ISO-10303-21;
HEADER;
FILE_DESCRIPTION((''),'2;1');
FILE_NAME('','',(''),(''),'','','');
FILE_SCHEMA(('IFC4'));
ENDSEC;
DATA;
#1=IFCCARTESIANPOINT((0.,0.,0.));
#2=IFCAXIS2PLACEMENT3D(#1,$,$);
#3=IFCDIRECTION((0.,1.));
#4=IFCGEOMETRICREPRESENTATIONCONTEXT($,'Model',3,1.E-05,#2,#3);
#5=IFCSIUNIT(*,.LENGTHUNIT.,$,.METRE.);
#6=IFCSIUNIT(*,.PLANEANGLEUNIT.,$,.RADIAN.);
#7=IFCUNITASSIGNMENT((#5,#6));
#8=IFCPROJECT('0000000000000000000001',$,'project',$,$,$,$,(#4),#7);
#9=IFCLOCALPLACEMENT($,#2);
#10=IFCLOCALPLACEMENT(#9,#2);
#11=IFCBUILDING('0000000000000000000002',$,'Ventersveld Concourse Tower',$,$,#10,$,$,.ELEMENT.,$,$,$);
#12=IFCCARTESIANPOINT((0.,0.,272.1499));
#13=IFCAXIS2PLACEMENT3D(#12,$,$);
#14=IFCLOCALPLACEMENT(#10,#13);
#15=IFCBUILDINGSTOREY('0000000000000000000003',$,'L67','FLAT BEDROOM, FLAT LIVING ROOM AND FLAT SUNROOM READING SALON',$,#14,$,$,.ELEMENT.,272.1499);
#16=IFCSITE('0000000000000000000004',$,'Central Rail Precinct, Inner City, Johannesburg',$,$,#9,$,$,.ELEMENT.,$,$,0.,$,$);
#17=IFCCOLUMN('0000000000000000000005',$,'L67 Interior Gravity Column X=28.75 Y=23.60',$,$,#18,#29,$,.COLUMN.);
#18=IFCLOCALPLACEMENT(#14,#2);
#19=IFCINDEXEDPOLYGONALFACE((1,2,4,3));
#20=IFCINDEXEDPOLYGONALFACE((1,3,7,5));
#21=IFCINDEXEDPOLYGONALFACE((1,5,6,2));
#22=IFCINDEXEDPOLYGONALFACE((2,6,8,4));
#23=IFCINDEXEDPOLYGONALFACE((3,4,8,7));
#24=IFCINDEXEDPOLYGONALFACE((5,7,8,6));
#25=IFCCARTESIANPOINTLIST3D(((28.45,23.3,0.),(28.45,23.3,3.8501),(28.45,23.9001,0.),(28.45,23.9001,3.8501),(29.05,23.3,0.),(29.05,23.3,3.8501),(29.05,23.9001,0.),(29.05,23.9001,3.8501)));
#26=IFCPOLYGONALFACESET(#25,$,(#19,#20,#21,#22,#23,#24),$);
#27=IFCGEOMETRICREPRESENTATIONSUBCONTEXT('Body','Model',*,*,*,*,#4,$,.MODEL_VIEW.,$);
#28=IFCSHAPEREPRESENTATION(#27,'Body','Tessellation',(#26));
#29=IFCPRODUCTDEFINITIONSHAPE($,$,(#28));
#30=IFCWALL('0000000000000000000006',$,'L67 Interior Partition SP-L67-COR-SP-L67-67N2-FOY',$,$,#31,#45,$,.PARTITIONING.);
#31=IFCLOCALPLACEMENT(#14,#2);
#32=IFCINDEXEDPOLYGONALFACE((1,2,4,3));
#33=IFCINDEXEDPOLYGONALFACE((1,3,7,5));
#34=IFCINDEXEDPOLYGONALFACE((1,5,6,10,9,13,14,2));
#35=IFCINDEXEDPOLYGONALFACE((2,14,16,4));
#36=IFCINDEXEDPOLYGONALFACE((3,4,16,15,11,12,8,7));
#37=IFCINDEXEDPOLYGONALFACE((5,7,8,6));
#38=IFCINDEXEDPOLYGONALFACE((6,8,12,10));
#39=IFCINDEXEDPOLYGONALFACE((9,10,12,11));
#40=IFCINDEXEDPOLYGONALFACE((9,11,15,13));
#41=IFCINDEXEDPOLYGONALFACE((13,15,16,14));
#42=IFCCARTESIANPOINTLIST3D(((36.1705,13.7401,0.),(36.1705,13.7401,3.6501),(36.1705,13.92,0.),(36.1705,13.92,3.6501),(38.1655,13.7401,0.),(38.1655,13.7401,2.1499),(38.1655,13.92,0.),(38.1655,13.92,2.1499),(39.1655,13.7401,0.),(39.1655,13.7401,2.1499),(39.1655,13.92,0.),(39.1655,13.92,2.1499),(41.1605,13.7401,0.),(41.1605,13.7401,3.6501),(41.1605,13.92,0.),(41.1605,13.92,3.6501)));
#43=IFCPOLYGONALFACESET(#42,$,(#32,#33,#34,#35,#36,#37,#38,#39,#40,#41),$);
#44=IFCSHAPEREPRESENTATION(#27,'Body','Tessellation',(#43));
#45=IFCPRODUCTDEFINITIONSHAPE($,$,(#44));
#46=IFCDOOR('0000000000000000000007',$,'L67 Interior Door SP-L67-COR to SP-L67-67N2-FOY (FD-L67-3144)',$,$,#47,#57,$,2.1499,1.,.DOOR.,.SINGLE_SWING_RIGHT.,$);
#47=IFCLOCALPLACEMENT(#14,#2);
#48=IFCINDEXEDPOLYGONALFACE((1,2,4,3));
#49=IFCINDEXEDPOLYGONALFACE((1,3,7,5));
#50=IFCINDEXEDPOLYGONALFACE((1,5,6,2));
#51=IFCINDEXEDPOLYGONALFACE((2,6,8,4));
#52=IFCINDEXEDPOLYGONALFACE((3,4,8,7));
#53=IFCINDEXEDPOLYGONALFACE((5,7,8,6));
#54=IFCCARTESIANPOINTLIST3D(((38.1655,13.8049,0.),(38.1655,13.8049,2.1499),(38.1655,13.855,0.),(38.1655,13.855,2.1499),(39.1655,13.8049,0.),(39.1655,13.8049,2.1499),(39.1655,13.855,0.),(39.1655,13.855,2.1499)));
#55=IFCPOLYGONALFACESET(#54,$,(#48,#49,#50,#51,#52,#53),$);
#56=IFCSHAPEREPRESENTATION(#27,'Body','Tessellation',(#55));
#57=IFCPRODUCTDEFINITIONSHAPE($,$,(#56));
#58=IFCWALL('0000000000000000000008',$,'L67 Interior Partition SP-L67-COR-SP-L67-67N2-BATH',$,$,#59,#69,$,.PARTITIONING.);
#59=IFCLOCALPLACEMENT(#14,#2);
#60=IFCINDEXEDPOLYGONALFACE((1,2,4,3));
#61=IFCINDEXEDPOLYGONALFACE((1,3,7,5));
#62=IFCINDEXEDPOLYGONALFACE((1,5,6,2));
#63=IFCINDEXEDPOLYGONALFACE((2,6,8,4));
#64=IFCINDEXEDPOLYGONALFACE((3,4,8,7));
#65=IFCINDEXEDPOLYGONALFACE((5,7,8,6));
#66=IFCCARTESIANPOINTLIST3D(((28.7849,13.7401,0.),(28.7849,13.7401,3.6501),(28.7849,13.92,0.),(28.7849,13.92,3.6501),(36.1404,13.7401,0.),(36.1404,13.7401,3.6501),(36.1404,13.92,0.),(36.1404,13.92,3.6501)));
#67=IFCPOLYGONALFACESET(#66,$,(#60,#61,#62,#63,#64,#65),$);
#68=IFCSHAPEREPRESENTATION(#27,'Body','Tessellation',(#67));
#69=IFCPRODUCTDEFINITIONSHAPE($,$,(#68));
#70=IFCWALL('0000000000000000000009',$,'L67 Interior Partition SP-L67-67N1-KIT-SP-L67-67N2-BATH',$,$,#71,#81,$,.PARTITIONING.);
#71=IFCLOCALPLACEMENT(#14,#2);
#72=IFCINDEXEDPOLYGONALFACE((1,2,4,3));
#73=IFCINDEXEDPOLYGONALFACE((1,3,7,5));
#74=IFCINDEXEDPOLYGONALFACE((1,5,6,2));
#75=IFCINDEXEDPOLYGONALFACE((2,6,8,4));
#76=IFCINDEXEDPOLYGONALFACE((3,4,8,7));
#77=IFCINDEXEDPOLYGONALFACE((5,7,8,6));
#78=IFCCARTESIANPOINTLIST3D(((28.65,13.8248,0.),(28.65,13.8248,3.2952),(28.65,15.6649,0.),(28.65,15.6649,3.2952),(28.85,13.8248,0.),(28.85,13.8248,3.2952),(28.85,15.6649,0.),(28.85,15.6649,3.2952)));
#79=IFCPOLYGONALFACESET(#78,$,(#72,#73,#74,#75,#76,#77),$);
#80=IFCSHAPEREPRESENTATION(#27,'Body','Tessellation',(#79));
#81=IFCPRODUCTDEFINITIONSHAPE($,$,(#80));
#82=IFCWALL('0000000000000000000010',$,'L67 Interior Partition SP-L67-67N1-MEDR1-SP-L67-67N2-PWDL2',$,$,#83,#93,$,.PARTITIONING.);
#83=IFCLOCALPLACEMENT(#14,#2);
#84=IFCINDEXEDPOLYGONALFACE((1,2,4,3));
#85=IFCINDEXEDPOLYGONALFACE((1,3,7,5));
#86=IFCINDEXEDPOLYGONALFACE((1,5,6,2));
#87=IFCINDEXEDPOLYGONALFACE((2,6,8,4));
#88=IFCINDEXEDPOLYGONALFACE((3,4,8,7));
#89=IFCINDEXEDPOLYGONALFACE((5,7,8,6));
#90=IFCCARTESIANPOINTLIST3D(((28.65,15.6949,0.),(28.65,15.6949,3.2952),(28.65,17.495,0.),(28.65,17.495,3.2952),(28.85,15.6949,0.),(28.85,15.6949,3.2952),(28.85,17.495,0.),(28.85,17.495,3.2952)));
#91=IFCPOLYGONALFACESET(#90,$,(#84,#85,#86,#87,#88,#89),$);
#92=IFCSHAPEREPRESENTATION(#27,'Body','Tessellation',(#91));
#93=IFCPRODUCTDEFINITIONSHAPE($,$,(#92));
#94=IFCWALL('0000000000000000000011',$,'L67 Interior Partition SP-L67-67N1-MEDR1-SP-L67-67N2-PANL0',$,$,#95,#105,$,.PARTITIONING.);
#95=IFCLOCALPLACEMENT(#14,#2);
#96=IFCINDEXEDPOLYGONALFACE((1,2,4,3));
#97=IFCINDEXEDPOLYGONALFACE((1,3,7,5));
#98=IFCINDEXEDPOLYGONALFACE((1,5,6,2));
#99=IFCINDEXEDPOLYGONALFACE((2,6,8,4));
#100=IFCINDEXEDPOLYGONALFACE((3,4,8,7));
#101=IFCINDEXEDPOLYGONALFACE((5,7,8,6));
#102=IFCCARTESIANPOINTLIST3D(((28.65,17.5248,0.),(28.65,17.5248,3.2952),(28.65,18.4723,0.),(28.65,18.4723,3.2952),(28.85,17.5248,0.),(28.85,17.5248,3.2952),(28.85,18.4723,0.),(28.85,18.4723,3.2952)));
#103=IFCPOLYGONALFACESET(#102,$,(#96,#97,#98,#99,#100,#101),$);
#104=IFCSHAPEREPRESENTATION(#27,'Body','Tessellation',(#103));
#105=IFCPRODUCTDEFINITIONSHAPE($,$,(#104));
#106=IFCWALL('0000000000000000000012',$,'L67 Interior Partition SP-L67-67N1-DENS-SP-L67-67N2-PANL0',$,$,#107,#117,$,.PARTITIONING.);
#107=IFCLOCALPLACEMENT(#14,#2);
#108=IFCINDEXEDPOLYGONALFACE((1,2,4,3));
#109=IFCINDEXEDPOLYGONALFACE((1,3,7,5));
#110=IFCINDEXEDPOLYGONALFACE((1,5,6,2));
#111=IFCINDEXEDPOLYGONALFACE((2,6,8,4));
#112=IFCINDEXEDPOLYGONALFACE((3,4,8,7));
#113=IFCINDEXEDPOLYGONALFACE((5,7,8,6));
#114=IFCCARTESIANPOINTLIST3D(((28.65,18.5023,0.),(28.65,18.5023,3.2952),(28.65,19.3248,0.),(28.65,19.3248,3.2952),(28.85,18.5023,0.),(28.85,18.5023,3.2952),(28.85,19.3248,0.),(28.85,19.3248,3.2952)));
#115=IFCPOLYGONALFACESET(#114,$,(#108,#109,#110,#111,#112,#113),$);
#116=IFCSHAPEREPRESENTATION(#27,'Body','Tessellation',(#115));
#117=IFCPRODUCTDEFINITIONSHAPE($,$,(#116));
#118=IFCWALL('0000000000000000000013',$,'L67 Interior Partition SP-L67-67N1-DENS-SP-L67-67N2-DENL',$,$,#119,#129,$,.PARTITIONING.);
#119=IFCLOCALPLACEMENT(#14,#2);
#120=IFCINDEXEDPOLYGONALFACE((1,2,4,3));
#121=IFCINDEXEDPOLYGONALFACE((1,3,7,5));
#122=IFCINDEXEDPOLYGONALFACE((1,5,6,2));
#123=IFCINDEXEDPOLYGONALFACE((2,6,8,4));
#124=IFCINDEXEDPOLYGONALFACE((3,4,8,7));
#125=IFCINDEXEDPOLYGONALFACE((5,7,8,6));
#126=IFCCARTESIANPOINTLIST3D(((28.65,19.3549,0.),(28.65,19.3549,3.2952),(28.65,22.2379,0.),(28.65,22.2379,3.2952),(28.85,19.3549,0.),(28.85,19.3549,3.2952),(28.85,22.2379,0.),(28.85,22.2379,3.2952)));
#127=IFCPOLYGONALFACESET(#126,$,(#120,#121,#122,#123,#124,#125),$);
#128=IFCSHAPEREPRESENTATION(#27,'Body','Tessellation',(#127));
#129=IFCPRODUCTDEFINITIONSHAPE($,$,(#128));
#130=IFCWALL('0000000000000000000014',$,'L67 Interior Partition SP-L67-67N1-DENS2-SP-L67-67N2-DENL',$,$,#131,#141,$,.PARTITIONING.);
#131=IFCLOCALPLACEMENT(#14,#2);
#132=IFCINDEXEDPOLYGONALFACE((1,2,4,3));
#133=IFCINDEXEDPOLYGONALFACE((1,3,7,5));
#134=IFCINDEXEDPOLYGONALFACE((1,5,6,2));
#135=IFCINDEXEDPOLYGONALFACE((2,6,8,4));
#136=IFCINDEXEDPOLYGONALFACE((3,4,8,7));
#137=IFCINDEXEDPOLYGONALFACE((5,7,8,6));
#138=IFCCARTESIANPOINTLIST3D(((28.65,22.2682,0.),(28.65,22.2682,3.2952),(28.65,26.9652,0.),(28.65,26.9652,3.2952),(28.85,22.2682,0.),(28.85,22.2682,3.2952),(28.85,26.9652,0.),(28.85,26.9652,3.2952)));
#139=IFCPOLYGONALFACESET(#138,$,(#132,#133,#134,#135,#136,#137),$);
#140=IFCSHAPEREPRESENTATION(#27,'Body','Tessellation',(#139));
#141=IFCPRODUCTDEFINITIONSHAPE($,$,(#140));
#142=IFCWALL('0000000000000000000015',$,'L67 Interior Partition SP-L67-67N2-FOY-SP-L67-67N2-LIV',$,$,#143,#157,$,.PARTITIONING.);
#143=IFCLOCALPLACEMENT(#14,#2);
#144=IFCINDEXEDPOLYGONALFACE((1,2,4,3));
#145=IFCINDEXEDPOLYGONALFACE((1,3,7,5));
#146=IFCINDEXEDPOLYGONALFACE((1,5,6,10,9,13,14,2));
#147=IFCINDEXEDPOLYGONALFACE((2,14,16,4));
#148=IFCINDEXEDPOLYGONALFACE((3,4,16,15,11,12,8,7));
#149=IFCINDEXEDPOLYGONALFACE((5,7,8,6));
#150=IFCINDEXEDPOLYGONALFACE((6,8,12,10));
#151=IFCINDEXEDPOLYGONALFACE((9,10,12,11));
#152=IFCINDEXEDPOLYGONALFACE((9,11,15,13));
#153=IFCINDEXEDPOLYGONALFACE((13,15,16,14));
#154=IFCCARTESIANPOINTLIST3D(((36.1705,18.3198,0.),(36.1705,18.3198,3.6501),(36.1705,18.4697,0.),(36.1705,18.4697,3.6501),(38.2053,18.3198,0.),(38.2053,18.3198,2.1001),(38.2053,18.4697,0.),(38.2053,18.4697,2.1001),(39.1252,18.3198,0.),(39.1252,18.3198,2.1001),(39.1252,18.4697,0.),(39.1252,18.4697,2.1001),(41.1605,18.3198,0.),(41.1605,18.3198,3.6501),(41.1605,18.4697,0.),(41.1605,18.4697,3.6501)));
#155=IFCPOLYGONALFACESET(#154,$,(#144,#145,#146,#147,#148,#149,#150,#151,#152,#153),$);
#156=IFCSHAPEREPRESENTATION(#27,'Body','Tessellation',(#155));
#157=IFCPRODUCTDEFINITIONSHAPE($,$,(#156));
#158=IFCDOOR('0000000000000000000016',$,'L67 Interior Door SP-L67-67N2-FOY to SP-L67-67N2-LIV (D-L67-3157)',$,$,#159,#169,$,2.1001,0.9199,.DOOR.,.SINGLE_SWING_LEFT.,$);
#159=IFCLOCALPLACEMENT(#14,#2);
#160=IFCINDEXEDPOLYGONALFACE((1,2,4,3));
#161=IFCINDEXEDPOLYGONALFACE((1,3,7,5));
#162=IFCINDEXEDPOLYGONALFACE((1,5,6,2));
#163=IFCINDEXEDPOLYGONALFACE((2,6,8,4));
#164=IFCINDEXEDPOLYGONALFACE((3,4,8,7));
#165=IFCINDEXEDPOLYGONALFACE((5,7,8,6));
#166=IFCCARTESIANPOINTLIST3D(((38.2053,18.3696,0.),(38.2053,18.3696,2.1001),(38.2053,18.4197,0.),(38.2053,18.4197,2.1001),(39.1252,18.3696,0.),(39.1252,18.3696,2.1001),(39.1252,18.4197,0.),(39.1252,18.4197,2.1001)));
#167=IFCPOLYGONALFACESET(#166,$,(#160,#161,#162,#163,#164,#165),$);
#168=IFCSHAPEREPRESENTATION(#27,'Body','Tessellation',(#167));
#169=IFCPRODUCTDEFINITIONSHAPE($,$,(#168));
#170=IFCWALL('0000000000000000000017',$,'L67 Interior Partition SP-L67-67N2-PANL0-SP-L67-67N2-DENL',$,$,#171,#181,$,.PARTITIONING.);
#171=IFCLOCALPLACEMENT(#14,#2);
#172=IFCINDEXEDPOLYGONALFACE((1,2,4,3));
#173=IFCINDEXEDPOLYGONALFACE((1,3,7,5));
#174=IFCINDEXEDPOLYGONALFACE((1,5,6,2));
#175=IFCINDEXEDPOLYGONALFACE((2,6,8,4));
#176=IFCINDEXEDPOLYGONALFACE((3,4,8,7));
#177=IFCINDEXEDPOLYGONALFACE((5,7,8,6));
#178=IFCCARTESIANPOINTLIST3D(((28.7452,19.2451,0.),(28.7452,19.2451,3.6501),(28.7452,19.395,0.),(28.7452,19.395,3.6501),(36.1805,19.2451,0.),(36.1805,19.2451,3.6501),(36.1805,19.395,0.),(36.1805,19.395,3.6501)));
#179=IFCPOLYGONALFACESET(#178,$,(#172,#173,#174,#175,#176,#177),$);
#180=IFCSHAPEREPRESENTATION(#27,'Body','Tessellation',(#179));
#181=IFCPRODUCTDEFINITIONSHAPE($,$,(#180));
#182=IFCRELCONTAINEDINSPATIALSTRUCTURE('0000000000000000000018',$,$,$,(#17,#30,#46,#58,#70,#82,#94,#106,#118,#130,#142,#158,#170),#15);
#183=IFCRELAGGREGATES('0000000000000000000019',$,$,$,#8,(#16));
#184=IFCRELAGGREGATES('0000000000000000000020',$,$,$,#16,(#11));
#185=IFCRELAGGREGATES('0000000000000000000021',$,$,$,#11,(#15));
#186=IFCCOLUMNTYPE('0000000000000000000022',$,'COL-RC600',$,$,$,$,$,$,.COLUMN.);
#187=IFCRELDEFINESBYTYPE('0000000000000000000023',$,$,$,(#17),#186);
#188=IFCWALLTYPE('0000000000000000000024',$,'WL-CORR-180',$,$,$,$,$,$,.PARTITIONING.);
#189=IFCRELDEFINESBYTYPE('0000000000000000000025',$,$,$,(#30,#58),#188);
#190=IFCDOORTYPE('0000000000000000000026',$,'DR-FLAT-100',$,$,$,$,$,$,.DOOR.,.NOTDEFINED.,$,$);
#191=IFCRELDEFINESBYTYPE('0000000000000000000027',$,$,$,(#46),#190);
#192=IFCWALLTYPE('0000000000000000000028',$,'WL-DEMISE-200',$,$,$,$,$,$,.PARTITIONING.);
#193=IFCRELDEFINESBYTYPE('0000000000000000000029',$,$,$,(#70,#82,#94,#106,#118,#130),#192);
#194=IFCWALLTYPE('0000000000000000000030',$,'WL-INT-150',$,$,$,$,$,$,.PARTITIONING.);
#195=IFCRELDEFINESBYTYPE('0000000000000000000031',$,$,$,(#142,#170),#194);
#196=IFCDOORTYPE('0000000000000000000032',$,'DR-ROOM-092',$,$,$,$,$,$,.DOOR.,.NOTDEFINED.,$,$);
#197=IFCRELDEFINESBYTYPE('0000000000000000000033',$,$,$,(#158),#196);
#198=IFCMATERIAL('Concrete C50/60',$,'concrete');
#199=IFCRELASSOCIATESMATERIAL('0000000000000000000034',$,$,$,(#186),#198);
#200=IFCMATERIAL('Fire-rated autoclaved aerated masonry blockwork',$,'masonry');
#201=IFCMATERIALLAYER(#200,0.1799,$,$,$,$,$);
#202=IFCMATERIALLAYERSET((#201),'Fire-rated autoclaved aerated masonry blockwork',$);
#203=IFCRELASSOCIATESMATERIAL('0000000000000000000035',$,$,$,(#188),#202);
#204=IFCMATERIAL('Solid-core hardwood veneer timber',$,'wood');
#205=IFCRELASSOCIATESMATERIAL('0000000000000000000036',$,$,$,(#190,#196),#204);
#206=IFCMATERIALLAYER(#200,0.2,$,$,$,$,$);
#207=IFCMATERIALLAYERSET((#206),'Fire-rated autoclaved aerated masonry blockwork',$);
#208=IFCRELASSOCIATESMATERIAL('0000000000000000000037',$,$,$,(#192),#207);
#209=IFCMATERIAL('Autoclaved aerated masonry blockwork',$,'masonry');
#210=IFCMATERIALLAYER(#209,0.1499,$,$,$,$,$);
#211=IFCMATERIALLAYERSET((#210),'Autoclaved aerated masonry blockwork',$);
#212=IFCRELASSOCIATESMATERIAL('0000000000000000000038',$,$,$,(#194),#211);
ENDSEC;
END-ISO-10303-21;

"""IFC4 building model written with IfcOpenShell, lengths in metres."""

from ifc_helpers import new_model, si_unit, direction, frame, frame_2d, origin, origin_2d, place, context, subcontext, project, spatial, rectangle, extrude, material, layer, layer_set, material_profile, profile_set, type_object, element, fill, save


model = new_model("IFC4")

# Units and contexts
model_context = context("Model", 3, precision=1e-05, world=origin(), true_north=direction((0.0, 1.0)))
body_context = subcontext(model_context, "Body", "Model", "MODEL_VIEW")
ifc_project = project(units=[si_unit("LENGTHUNIT", "METRE"), si_unit("PLANEANGLEUNIT", "RADIAN")], contexts=[model_context])

# Site, building, storey
site_placement = place(None, origin())
site = spatial("IfcSite", under=ifc_project, at=site_placement, Name="Central Rail Precinct, Inner City, Johannesburg", CompositionType="ELEMENT", RefElevation=0.0)
building_placement = place(site_placement, origin())
building = spatial("IfcBuilding", under=site, at=building_placement, Name="Ventersveld Concourse Tower", CompositionType="ELEMENT")
storey_placement = place(building_placement, frame((0.0, 0.0, 272.1499)))
storey = spatial("IfcBuildingStorey", under=building, at=storey_placement, Name="L67", Description="FLAT BEDROOM, FLAT LIVING ROOM AND FLAT SUNROOM READING SALON", CompositionType="ELEMENT", Elevation=272.1499)

# Column
ifc_material_1 = material(Name="Concrete C50/60", Category="concrete")
ifc_material_profile = material_profile(ifc_material_1, rectangle(XDim=0.6001, YDim=0.6001, at=origin_2d()), Name="RC 600x600")
ifc_profile_set = profile_set([ifc_material_profile], Name="Concrete C50/60")
column_type = type_object("IfcColumnType", Name="COL-RC600", PredefinedType="COLUMN", material=ifc_profile_set)
column_placement = place(storey_placement, frame((28.75, 23.6001, 0.0), z_axis=(0.0, 0.0, 1.0), x_axis=(1.0, 0.0, 0.0)))
element("IfcColumn", 1, at=column_placement, inside=storey, type_object=column_type, Name="L67 Interior Gravity Column X=28.75 Y=23.60", PredefinedType="COLUMN", context=body_context, shape_type="SweptSolid", body=[
    extrude(rectangle(XDim=0.6001, YDim=0.6001, at=origin_2d()), origin(), (0.0, 0.0, 1.0), 3.8501),
])

# Wall, opening, door
ifc_material_2 = material(Name="Fire-rated autoclaved aerated masonry blockwork", Category="masonry")
ifc_layer_1 = layer(ifc_material_2, 0.1799)
ifc_layer_set_1 = layer_set([ifc_layer_1], Name="Fire-rated autoclaved aerated masonry blockwork")
wall_type_1 = type_object("IfcWallType", Name="WL-CORR-180", PredefinedType="PARTITIONING", material=ifc_layer_set_1)
wall_1_placement = place(storey_placement, frame((36.1704, 13.8301, 0.0), z_axis=(0.0, 0.0, 1.0), x_axis=(1.0, 0.0, 0.0)))
wall_1 = element("IfcWall", 2, at=wall_1_placement, inside=storey, type_object=wall_type_1, Name="L67 Interior Partition SP-L67-COR-SP-L67-67N2-FOY", PredefinedType="PARTITIONING", context=body_context, shape_type="SweptSolid", body=[
    extrude(rectangle(XDim=4.99, YDim=0.1799, at=frame_2d((2.4951, 0.0))), origin(), (0.0, 0.0, 1.0), 3.6501),
])
opening_1_placement = place(wall_1_placement, frame((1.9951, 0.0, 0.0)))
opening_1 = element("IfcOpeningElement", 3, at=opening_1_placement, cuts=wall_1, PredefinedType="OPENING", context=body_context, shape_type="SweptSolid", body=[
    extrude(rectangle(XDim=1.0, YDim=2.1499, at=frame_2d((0.5, 1.075))), frame((0.0, 0.1001, 0.0), z_axis=(0.0, -1.0, 0.0), x_axis=(1.0, 0.0, 0.0)), (0.0, 0.0, 1.0), 0.2),
])
ifc_material_3 = material(Name="Solid-core hardwood veneer timber", Category="wood")
door_type_1 = type_object("IfcDoorType", Name="DR-FLAT-100", OperationType="NOTDEFINED", PredefinedType="DOOR", material=ifc_material_3)
door_1_placement = place(opening_1_placement, origin())
door_1 = element("IfcDoor", 4, at=door_1_placement, inside=storey, type_object=door_type_1, Name="L67 Interior Door SP-L67-COR to SP-L67-67N2-FOY (FD-L67-3144)", OperationType="SINGLE_SWING_RIGHT", OverallHeight=2.1499, OverallWidth=1.0, PredefinedType="DOOR", context=body_context, shape_type="SweptSolid", body=[
    extrude(rectangle(XDim=1.0, YDim=2.1499, at=frame_2d((0.5, 1.075))), frame((0.0, 0.0249, 0.0), z_axis=(0.0, -1.0, 0.0), x_axis=(1.0, 0.0, 0.0)), (0.0, 0.0, 1.0), 0.05),
])
fill(opening_1, door_1)

# Walls
wall_2_placement = place(storey_placement, frame((28.7849, 13.8301, 0.0), z_axis=(0.0, 0.0, 1.0), x_axis=(1.0, 0.0, 0.0)))
element("IfcWall", 5, at=wall_2_placement, inside=storey, type_object=wall_type_1, Name="L67 Interior Partition SP-L67-COR-SP-L67-67N2-BATH", PredefinedType="PARTITIONING", context=body_context, shape_type="SweptSolid", body=[
    extrude(rectangle(XDim=7.3555, YDim=0.1799, at=frame_2d((3.6777, 0.0))), origin(), (0.0, 0.0, 1.0), 3.6501),
])
ifc_layer_2 = layer(ifc_material_2, 0.2)
ifc_layer_set_2 = layer_set([ifc_layer_2], Name="Fire-rated autoclaved aerated masonry blockwork")
wall_type_2 = type_object("IfcWallType", Name="WL-DEMISE-200", PredefinedType="PARTITIONING", material=ifc_layer_set_2)
wall_3_placement = place(storey_placement, frame((28.75, 13.825, 0.0), z_axis=(0.0, 0.0, 1.0), x_axis=(0.0, 1.0, 0.0)))
element("IfcWall", 6, at=wall_3_placement, inside=storey, type_object=wall_type_2, Name="L67 Interior Partition SP-L67-67N1-KIT-SP-L67-67N2-BATH", PredefinedType="PARTITIONING", context=body_context, shape_type="SweptSolid", body=[
    extrude(rectangle(XDim=1.8401, YDim=0.2, at=frame_2d((0.9199, 0.0))), origin(), (0.0, 0.0, 1.0), 3.2952),
])
wall_4_placement = place(storey_placement, frame((28.75, 15.6951, 0.0), z_axis=(0.0, 0.0, 1.0), x_axis=(0.0, 1.0, 0.0)))
element("IfcWall", 7, at=wall_4_placement, inside=storey, type_object=wall_type_2, Name="L67 Interior Partition SP-L67-67N1-MEDR1-SP-L67-67N2-PWDL2", PredefinedType="PARTITIONING", context=body_context, shape_type="SweptSolid", body=[
    extrude(rectangle(XDim=1.8, YDim=0.2, at=frame_2d((0.8999, 0.0))), origin(), (0.0, 0.0, 1.0), 3.2952),
])
wall_5_placement = place(storey_placement, frame((28.75, 17.5249, 0.0), z_axis=(0.0, 0.0, 1.0), x_axis=(0.0, 1.0, 0.0)))
element("IfcWall", 8, at=wall_5_placement, inside=storey, type_object=wall_type_2, Name="L67 Interior Partition SP-L67-67N1-MEDR1-SP-L67-67N2-PANL0", PredefinedType="PARTITIONING", context=body_context, shape_type="SweptSolid", body=[
    extrude(rectangle(XDim=0.9475, YDim=0.2, at=frame_2d((0.4736, 0.0))), origin(), (0.0, 0.0, 1.0), 3.2952),
])
wall_6_placement = place(storey_placement, frame((28.75, 18.5024, 0.0), z_axis=(0.0, 0.0, 1.0), x_axis=(0.0, 1.0, 0.0)))
element("IfcWall", 9, at=wall_6_placement, inside=storey, type_object=wall_type_2, Name="L67 Interior Partition SP-L67-67N1-DENS-SP-L67-67N2-PANL0", PredefinedType="PARTITIONING", context=body_context, shape_type="SweptSolid", body=[
    extrude(rectangle(XDim=0.8225, YDim=0.2, at=frame_2d((0.4111, 0.0))), origin(), (0.0, 0.0, 1.0), 3.2952),
])
wall_7_placement = place(storey_placement, frame((28.75, 19.355, 0.0), z_axis=(0.0, 0.0, 1.0), x_axis=(0.0, 1.0, 0.0)))
element("IfcWall", 10, at=wall_7_placement, inside=storey, type_object=wall_type_2, Name="L67 Interior Partition SP-L67-67N1-DENS-SP-L67-67N2-DENL", PredefinedType="PARTITIONING", context=body_context, shape_type="SweptSolid", body=[
    extrude(rectangle(XDim=2.8831, YDim=0.2, at=frame_2d((1.4414, 0.0))), origin(), (0.0, 0.0, 1.0), 3.2952),
])
wall_8_placement = place(storey_placement, frame((28.75, 22.2681, 0.0), z_axis=(0.0, 0.0, 1.0), x_axis=(0.0, 1.0, 0.0)))
element("IfcWall", 11, at=wall_8_placement, inside=storey, type_object=wall_type_2, Name="L67 Interior Partition SP-L67-67N1-DENS2-SP-L67-67N2-DENL", PredefinedType="PARTITIONING", context=body_context, shape_type="SweptSolid", body=[
    extrude(rectangle(XDim=4.697, YDim=0.2, at=frame_2d((2.3486, 0.0))), origin(), (0.0, 0.0, 1.0), 3.2952),
])

# Wall, opening, door
ifc_material_4 = material(Name="Autoclaved aerated masonry blockwork", Category="masonry")
ifc_layer_3 = layer(ifc_material_4, 0.1499)
ifc_layer_set_3 = layer_set([ifc_layer_3], Name="Autoclaved aerated masonry blockwork")
wall_type_3 = type_object("IfcWallType", Name="WL-INT-150", PredefinedType="PARTITIONING", material=ifc_layer_set_3)
wall_9_placement = place(storey_placement, frame((36.1704, 18.3948, 0.0), z_axis=(0.0, 0.0, 1.0), x_axis=(1.0, 0.0, 0.0)))
wall_9 = element("IfcWall", 12, at=wall_9_placement, inside=storey, type_object=wall_type_3, Name="L67 Interior Partition SP-L67-67N2-FOY-SP-L67-67N2-LIV", PredefinedType="PARTITIONING", context=body_context, shape_type="SweptSolid", body=[
    extrude(rectangle(XDim=4.99, YDim=0.1499, at=frame_2d((2.4951, 0.0))), origin(), (0.0, 0.0, 1.0), 3.6501),
])
opening_2_placement = place(wall_9_placement, frame((2.0349, 0.0, 0.0)))
opening_2 = element("IfcOpeningElement", 13, at=opening_2_placement, cuts=wall_9, PredefinedType="OPENING", context=body_context, shape_type="SweptSolid", body=[
    extrude(rectangle(XDim=0.9199, YDim=2.1001, at=frame_2d((0.46, 1.05))), frame((0.0, 0.085, 0.0), z_axis=(0.0, -1.0, 0.0), x_axis=(1.0, 0.0, 0.0)), (0.0, 0.0, 1.0), 0.1699),
])
door_type_2 = type_object("IfcDoorType", Name="DR-ROOM-092", OperationType="NOTDEFINED", PredefinedType="DOOR", material=ifc_material_3)
door_2_placement = place(opening_2_placement, origin())
door_2 = element("IfcDoor", 14, at=door_2_placement, inside=storey, type_object=door_type_2, Name="L67 Interior Door SP-L67-67N2-FOY to SP-L67-67N2-LIV (D-L67-3157)", OperationType="SINGLE_SWING_LEFT", OverallHeight=2.1001, OverallWidth=0.9199, PredefinedType="DOOR", context=body_context, shape_type="SweptSolid", body=[
    extrude(rectangle(XDim=0.9199, YDim=2.1001, at=frame_2d((0.46, 1.05))), frame((0.0, 0.0249, 0.0), z_axis=(0.0, -1.0, 0.0), x_axis=(1.0, 0.0, 0.0)), (0.0, 0.0, 1.0), 0.05),
])
fill(opening_2, door_2)

# Wall
wall_10_placement = place(storey_placement, frame((28.7451, 19.3201, 0.0), z_axis=(0.0, 0.0, 1.0), x_axis=(1.0, 0.0, 0.0)))
element("IfcWall", 15, at=wall_10_placement, inside=storey, type_object=wall_type_3, Name="L67 Interior Partition SP-L67-67N2-PANL0-SP-L67-67N2-DENL", PredefinedType="PARTITIONING", context=body_context, shape_type="SweptSolid", body=[
    extrude(rectangle(XDim=7.4353, YDim=0.1499, at=frame_2d((3.7178, 0.0))), origin(), (0.0, 0.0, 1.0), 3.6501),
])

save(model, "model.ifc")
